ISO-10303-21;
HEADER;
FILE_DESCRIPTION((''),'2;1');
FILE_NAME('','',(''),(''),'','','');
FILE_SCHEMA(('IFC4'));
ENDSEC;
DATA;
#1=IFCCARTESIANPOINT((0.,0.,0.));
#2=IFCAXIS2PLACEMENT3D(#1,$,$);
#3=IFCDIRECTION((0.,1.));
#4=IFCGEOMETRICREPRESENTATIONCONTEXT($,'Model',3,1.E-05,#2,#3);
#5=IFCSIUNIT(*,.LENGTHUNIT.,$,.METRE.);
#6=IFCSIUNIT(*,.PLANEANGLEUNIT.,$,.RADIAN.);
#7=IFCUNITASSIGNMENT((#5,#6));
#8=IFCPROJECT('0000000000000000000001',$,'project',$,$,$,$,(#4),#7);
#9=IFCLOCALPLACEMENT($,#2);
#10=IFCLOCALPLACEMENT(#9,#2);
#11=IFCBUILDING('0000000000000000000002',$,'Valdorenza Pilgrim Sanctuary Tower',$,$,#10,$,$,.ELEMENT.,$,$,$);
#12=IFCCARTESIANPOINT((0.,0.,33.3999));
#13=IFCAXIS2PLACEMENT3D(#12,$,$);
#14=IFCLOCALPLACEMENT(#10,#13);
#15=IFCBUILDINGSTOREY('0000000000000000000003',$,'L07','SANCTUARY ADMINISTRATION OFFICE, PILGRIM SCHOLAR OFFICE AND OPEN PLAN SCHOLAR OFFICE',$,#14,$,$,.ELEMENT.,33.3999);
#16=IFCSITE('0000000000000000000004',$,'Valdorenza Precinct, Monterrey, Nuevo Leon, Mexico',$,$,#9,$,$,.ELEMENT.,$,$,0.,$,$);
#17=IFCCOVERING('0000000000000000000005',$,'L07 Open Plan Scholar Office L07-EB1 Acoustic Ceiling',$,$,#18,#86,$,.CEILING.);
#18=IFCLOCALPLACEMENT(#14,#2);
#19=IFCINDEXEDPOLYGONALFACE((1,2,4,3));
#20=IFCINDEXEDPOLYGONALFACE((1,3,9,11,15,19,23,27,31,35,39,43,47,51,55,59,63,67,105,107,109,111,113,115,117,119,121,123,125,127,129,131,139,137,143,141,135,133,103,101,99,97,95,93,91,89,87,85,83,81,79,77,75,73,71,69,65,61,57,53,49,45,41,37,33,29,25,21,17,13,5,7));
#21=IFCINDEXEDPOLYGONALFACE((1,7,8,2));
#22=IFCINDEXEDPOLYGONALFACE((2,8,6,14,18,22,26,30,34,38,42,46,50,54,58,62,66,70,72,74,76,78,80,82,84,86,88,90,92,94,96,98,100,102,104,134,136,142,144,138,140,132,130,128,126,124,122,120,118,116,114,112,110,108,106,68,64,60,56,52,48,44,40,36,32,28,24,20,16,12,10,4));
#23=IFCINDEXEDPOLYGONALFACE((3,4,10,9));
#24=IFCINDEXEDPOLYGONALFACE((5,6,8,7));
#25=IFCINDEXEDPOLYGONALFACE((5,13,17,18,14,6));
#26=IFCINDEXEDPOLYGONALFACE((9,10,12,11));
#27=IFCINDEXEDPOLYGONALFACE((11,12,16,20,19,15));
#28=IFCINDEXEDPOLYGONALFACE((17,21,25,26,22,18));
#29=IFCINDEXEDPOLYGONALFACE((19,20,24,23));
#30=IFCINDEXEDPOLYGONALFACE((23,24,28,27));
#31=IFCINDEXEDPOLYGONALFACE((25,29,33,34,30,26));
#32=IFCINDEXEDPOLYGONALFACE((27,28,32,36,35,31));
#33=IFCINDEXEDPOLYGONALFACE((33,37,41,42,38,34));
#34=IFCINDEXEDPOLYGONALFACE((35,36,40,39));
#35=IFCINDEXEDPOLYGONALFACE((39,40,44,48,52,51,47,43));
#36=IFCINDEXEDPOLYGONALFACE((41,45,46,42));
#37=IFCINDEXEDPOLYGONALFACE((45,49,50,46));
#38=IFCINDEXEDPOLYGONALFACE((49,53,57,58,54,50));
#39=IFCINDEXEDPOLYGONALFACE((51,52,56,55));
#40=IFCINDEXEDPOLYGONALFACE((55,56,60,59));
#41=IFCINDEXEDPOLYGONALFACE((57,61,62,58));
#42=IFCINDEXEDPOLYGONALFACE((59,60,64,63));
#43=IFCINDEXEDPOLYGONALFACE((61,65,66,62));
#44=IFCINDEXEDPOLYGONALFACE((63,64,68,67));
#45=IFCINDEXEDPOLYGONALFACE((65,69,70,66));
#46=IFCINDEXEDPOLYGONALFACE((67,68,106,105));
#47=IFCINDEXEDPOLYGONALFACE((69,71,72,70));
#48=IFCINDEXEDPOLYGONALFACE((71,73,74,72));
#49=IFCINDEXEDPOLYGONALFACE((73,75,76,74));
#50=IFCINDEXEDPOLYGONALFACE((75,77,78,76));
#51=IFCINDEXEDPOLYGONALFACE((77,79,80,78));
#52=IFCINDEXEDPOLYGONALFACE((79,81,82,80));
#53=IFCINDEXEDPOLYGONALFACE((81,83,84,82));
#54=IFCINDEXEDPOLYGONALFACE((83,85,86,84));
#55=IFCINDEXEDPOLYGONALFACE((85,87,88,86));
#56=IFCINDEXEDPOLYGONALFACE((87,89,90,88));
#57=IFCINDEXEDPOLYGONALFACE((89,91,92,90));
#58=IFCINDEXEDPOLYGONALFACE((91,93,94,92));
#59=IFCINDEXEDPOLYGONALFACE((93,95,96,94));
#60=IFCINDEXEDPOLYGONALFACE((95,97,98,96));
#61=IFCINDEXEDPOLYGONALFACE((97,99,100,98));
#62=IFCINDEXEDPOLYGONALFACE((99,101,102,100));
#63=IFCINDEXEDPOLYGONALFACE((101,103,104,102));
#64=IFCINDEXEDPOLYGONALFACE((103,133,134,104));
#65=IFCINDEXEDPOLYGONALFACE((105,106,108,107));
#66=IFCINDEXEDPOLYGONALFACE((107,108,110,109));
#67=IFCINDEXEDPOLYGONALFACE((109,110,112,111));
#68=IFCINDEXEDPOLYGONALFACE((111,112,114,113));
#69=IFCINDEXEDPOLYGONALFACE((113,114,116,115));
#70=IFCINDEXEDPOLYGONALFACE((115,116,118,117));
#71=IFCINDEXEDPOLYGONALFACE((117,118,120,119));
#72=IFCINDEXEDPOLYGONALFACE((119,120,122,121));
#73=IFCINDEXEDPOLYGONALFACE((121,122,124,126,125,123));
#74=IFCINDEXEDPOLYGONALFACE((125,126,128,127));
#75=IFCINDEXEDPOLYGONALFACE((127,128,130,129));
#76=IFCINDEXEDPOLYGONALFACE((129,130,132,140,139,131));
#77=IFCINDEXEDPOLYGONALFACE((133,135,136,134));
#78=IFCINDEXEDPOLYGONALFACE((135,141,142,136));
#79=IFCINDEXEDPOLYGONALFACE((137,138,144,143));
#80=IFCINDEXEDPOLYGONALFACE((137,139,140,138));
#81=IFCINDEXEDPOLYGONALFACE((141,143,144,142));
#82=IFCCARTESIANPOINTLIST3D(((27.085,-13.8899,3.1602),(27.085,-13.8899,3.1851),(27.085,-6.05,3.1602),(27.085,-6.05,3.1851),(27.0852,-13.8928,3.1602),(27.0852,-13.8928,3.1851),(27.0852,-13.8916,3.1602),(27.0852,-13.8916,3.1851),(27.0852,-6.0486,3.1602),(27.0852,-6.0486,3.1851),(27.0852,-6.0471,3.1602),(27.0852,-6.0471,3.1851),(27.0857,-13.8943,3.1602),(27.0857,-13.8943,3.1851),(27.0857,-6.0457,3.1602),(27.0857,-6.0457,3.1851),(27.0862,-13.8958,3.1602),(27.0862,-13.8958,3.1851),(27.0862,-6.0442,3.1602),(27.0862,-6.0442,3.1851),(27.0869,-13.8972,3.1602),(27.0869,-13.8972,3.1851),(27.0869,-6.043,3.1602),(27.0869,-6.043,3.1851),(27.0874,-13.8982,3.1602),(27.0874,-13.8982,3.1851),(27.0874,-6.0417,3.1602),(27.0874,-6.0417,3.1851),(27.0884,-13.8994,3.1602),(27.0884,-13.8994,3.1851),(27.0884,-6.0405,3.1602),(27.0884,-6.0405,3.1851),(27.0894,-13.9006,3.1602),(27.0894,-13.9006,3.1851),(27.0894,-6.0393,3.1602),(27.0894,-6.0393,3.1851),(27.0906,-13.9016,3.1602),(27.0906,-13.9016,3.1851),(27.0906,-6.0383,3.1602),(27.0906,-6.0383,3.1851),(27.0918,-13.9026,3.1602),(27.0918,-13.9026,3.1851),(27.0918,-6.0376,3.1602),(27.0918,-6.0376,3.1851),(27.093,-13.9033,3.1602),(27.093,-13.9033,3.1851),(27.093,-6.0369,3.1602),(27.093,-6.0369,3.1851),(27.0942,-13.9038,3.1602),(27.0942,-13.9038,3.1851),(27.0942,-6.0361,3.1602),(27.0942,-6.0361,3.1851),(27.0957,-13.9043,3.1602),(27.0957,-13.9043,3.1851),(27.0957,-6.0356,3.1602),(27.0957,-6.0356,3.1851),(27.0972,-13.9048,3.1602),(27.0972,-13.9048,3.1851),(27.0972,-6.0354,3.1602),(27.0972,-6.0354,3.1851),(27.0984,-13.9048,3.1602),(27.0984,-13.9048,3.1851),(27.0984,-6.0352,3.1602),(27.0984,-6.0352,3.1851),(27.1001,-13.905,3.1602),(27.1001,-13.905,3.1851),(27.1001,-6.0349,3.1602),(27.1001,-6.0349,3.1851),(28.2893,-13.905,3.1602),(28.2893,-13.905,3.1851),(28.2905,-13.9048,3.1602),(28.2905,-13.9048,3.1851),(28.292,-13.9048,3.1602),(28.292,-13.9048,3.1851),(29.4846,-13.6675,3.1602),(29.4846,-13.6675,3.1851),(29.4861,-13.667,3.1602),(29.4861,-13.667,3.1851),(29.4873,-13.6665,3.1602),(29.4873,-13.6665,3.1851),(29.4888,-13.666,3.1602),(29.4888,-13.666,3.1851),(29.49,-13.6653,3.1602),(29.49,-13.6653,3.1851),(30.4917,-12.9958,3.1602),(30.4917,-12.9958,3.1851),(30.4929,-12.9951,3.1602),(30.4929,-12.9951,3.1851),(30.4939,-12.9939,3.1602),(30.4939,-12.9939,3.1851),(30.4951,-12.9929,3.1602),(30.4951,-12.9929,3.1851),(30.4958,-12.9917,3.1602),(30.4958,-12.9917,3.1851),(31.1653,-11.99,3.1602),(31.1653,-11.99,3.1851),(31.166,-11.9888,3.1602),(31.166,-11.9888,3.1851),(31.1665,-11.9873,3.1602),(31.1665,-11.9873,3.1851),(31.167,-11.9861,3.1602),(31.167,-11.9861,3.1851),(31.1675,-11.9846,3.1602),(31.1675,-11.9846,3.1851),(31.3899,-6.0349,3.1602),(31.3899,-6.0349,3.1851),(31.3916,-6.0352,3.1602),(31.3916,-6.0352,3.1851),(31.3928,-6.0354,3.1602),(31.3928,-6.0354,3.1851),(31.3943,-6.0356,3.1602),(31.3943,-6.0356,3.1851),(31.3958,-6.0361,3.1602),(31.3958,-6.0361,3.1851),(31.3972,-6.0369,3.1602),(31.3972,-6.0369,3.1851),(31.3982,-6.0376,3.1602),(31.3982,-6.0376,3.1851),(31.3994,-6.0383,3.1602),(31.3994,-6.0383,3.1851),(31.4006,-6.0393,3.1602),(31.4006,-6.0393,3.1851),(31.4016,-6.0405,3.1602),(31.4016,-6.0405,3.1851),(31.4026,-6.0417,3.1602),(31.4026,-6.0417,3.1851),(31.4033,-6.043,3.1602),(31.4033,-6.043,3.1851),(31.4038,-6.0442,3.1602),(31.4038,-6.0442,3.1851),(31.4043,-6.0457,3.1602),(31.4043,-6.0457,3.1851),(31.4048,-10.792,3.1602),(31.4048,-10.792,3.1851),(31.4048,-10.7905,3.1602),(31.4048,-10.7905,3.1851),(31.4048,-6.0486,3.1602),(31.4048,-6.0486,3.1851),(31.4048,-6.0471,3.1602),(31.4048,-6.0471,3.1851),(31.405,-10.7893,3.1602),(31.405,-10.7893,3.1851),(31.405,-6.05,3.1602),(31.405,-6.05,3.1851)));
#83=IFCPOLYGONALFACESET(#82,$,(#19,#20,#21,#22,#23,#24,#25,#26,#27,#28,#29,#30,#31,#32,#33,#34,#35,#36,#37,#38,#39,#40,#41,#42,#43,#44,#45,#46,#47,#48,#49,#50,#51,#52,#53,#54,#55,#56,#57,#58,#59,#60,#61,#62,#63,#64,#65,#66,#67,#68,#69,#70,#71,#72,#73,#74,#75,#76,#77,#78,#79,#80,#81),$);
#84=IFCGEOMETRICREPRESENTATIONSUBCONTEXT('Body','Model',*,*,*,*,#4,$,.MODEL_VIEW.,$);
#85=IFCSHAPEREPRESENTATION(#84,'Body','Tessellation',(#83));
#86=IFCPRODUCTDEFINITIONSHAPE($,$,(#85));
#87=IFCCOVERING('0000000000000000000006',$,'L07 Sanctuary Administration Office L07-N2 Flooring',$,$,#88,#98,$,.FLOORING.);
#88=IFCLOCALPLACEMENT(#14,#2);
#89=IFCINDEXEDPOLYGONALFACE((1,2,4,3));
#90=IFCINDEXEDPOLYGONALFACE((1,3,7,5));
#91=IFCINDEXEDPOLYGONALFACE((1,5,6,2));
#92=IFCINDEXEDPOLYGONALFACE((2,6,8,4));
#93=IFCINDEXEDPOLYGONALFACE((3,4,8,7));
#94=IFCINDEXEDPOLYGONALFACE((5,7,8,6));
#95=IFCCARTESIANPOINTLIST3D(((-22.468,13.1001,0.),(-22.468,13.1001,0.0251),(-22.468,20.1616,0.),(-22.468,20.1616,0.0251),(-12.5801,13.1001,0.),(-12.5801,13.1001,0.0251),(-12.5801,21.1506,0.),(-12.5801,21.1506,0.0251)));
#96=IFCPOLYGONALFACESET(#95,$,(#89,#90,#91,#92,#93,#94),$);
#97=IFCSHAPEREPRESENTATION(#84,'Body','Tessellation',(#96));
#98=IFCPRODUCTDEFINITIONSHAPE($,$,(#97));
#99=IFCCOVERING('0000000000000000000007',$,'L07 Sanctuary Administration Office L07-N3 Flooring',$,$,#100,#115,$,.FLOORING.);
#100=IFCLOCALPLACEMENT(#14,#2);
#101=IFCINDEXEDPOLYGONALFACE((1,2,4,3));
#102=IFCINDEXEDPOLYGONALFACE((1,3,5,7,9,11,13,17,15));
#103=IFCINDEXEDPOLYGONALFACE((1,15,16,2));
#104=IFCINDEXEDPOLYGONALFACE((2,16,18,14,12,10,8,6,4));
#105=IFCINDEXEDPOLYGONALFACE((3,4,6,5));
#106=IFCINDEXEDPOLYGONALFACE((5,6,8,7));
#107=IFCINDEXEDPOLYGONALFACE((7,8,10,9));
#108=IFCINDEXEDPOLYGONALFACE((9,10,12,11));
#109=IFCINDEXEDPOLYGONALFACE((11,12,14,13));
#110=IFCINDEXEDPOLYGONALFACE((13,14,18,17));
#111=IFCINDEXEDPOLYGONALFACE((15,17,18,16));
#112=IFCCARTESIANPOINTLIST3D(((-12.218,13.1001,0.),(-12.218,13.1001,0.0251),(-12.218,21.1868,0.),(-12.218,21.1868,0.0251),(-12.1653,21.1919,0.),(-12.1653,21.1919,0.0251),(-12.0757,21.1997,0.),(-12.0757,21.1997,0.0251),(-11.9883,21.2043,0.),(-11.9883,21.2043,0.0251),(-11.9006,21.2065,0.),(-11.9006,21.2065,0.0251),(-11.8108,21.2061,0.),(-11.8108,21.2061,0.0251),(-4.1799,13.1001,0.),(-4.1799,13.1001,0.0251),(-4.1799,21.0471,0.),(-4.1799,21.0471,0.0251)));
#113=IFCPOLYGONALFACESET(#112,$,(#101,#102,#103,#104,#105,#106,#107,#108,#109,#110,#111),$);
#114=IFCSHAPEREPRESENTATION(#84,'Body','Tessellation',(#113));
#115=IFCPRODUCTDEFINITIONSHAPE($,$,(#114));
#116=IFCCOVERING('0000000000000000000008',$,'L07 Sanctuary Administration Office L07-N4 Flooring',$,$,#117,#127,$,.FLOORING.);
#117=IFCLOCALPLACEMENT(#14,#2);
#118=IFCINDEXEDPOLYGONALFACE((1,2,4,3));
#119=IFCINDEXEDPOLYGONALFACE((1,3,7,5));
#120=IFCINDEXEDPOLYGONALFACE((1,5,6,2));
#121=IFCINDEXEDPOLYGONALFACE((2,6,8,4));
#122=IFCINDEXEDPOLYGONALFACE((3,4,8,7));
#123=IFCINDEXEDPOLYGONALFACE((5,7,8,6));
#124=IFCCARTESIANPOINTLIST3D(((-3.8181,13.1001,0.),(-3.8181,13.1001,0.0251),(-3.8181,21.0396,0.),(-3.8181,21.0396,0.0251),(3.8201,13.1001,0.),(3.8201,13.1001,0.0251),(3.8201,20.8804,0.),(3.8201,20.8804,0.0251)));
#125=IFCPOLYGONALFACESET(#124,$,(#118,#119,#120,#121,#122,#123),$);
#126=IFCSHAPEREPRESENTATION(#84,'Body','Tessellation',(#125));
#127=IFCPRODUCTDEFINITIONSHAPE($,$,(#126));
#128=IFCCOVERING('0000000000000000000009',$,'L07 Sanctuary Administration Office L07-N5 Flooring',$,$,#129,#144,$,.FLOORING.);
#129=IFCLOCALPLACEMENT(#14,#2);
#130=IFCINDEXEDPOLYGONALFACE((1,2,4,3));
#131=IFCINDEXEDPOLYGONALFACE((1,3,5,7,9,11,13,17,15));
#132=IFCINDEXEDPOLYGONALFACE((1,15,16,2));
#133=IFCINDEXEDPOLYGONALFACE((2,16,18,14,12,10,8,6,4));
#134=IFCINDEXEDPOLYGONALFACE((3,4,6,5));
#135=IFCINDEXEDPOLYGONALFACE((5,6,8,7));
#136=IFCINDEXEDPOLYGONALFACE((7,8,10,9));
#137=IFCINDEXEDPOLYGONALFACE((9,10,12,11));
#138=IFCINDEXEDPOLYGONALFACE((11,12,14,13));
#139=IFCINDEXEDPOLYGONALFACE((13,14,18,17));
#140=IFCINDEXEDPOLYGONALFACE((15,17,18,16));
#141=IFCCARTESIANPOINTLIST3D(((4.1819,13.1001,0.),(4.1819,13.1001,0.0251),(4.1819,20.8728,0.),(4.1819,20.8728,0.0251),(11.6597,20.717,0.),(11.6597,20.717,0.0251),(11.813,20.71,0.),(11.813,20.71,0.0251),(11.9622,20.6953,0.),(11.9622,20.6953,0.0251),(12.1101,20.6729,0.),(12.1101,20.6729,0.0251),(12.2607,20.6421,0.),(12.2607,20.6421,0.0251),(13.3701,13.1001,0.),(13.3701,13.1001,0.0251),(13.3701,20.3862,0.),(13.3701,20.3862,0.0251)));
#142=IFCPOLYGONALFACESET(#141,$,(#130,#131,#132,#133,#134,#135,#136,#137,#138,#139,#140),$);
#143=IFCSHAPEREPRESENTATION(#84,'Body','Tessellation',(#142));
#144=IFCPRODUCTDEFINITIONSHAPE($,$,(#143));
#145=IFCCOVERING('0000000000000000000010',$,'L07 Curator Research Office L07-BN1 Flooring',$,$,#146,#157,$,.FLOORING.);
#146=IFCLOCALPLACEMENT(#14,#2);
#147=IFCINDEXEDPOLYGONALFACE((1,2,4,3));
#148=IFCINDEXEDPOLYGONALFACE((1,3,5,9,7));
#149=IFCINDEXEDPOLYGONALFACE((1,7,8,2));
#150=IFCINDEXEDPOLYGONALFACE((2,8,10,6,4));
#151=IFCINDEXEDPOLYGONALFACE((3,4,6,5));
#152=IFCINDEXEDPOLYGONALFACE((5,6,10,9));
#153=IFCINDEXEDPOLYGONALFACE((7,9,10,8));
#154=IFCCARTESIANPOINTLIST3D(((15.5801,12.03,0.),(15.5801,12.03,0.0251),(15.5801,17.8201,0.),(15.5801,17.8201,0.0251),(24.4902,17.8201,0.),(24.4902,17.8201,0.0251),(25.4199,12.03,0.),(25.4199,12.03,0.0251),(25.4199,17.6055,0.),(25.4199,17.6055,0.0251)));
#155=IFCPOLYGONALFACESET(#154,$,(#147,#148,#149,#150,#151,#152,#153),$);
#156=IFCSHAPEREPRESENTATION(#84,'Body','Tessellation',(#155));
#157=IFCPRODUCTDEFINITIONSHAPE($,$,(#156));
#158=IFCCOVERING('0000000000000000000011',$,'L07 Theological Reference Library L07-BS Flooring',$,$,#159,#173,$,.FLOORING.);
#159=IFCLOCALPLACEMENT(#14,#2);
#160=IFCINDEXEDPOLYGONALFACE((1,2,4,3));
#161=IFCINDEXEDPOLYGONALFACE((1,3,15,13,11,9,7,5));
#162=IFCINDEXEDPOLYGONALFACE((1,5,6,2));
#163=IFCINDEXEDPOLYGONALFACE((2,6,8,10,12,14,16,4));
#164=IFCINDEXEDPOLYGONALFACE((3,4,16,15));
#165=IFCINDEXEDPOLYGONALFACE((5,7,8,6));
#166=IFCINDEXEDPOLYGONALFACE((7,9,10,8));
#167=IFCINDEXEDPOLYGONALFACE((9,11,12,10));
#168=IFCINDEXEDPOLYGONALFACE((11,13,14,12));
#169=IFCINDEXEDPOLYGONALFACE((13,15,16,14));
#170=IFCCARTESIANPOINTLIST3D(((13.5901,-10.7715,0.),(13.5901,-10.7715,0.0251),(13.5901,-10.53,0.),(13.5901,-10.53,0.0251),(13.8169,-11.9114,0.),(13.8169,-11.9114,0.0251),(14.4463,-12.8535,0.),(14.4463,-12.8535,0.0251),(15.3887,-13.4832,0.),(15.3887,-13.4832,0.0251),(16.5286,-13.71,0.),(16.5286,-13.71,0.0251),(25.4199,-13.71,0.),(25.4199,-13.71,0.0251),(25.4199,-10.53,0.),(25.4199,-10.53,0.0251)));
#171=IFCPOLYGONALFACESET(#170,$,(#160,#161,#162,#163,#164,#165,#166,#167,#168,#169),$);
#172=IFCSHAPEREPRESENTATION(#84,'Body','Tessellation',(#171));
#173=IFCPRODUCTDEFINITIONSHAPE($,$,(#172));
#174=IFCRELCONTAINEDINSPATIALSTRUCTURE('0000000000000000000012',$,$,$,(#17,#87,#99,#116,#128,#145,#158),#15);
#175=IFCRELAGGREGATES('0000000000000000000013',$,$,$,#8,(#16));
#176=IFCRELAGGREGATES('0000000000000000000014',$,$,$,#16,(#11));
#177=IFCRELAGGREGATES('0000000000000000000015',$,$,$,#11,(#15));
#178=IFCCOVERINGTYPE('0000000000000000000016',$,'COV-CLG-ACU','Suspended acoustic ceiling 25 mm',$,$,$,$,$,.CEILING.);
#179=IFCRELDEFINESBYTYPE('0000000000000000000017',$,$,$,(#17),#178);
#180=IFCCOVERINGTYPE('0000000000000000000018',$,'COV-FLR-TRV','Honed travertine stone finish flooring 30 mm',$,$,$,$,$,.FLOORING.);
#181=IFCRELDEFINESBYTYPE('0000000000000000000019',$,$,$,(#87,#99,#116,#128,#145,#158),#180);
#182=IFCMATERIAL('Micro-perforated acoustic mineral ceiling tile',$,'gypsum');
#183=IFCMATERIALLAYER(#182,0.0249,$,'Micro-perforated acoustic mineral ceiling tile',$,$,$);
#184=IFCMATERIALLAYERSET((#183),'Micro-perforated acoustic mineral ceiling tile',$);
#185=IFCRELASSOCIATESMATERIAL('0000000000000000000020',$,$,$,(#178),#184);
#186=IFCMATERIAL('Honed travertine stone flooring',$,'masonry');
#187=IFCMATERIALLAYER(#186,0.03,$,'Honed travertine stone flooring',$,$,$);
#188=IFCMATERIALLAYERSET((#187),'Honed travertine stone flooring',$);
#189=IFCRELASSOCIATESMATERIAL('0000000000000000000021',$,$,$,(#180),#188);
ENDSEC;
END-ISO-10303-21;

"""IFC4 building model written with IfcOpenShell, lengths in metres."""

from ifc_helpers import new_model, si_unit, direction, frame, origin, place, context, subcontext, project, spatial, polyline, outline, extrude, material, layer, layer_set, type_object, element, save


model = new_model("IFC4")

# Units and contexts
model_context = context("Model", 3, precision=1e-05, world=origin(), true_north=direction((0.0, 1.0)))
body_context = subcontext(model_context, "Body", "Model", "MODEL_VIEW")
ifc_project = project(units=[si_unit("LENGTHUNIT", "METRE"), si_unit("PLANEANGLEUNIT", "RADIAN")], contexts=[model_context])

# Site, building, storey
site_placement = place(None, origin())
site = spatial("IfcSite", under=ifc_project, at=site_placement, Name="Valdorenza Precinct, Monterrey, Nuevo Leon, Mexico", CompositionType="ELEMENT", RefElevation=0.0)
building_placement = place(site_placement, origin())
building = spatial("IfcBuilding", under=site, at=building_placement, Name="Valdorenza Pilgrim Sanctuary Tower", CompositionType="ELEMENT")
storey_placement = place(building_placement, frame((0.0, 0.0, 33.3999)))
storey = spatial("IfcBuildingStorey", under=building, at=storey_placement, Name="L07", Description="SANCTUARY ADMINISTRATION OFFICE, PILGRIM SCHOLAR OFFICE AND OPEN PLAN SCHOLAR OFFICE", CompositionType="ELEMENT", Elevation=33.3999)

# Coverings
ifc_material_1 = material(Name="Micro-perforated acoustic mineral ceiling tile", Category="gypsum")
ifc_layer_1 = layer(ifc_material_1, 0.0249, Name="Micro-perforated acoustic mineral ceiling tile")
ifc_layer_set_1 = layer_set([ifc_layer_1], Name="Micro-perforated acoustic mineral ceiling tile")
covering_type_1 = type_object("IfcCoveringType", Name="COV-CLG-ACU", Description="Suspended acoustic ceiling 25 mm", PredefinedType="CEILING", material=ifc_layer_set_1)
covering_1_placement = place(storey_placement, frame((0.0, 0.0, 3.1602)))
element("IfcCovering", 1, at=covering_1_placement, inside=storey, type_object=covering_type_1, Name="L07 Open Plan Scholar Office L07-EB1 Acoustic Ceiling", PredefinedType="CEILING", context=body_context, shape_type="SweptSolid", body=[
    extrude(outline(polyline([(31.3899, -6.0349), (31.3916, -6.0352), (31.3928, -6.0354), (31.3943, -6.0356), (31.3958, -6.0361), (31.3972, -6.0369), (31.3982, -6.0376), (31.3994, -6.0383), (31.4006, -6.0393), (31.4016, -6.0405), (31.4026, -6.0417), (31.4033, -6.043), (31.4038, -6.0442), (31.4043, -6.0457), (31.4048, -6.0471), (31.4048, -6.0486), (31.405, -6.05), (31.405, -10.7893), (31.4048, -10.7905), (31.4048, -10.792), (31.1675, -11.9846), (31.167, -11.9861), (31.1665, -11.9873), (31.166, -11.9888), (31.1653, -11.99), (30.4958, -12.9917), (30.4951, -12.9929), (30.4939, -12.9939), (30.4929, -12.9951), (30.4917, -12.9958), (29.49, -13.6653), (29.4888, -13.666), (29.4873, -13.6665), (29.4861, -13.667), (29.4846, -13.6675), (28.292, -13.9048), (28.2905, -13.9048), (28.2893, -13.905), (27.1001, -13.905), (27.0984, -13.9048), (27.0972, -13.9048), (27.0957, -13.9043), (27.0942, -13.9038), (27.093, -13.9033), (27.0918, -13.9026), (27.0906, -13.9016), (27.0894, -13.9006), (27.0884, -13.8994), (27.0874, -13.8982), (27.0869, -13.8972), (27.0862, -13.8958), (27.0857, -13.8943), (27.0852, -13.8928), (27.0852, -13.8916), (27.085, -13.8899), (27.085, -6.05), (27.0852, -6.0486), (27.0852, -6.0471), (27.0857, -6.0457), (27.0862, -6.0442), (27.0869, -6.043), (27.0874, -6.0417), (27.0884, -6.0405), (27.0894, -6.0393), (27.0906, -6.0383), (27.0918, -6.0376), (27.093, -6.0369), (27.0942, -6.0361), (27.0957, -6.0356), (27.0972, -6.0354), (27.0984, -6.0352), (27.1001, -6.0349), (31.3899, -6.0349)])), origin(), (0.0, 0.0, 1.0), 0.0249),
])
ifc_material_2 = material(Name="Honed travertine stone flooring", Category="masonry")
ifc_layer_2 = layer(ifc_material_2, 0.03, Name="Honed travertine stone flooring")
ifc_layer_set_2 = layer_set([ifc_layer_2], Name="Honed travertine stone flooring")
covering_type_2 = type_object("IfcCoveringType", Name="COV-FLR-TRV", Description="Honed travertine stone finish flooring 30 mm", PredefinedType="FLOORING", material=ifc_layer_set_2)
covering_2_placement = place(storey_placement, origin())
element("IfcCovering", 2, at=covering_2_placement, inside=storey, type_object=covering_type_2, Name="L07 Sanctuary Administration Office L07-N2 Flooring", PredefinedType="FLOORING", context=body_context, shape_type="SweptSolid", body=[
    extrude(outline(polyline([(-22.468, 13.1001), (-22.468, 20.1616), (-12.5801, 21.1506), (-12.5801, 13.1001), (-22.468, 13.1001)])), origin(), (0.0, 0.0, 1.0), 0.0251),
])
covering_3_placement = place(storey_placement, origin())
element("IfcCovering", 3, at=covering_3_placement, inside=storey, type_object=covering_type_2, Name="L07 Sanctuary Administration Office L07-N3 Flooring", PredefinedType="FLOORING", context=body_context, shape_type="SweptSolid", body=[
    extrude(outline(polyline([(-12.218, 13.1001), (-12.218, 21.1868), (-12.1653, 21.1919), (-12.0757, 21.1997), (-11.9883, 21.2043), (-11.9006, 21.2065), (-11.8108, 21.2061), (-4.1799, 21.0471), (-4.1799, 13.1001), (-12.218, 13.1001)])), origin(), (0.0, 0.0, 1.0), 0.0251),
])
covering_4_placement = place(storey_placement, origin())
element("IfcCovering", 4, at=covering_4_placement, inside=storey, type_object=covering_type_2, Name="L07 Sanctuary Administration Office L07-N4 Flooring", PredefinedType="FLOORING", context=body_context, shape_type="SweptSolid", body=[
    extrude(outline(polyline([(-3.8181, 13.1001), (-3.8181, 21.0396), (3.8201, 20.8804), (3.8201, 13.1001), (-3.8181, 13.1001)])), origin(), (0.0, 0.0, 1.0), 0.0251),
])
covering_5_placement = place(storey_placement, origin())
element("IfcCovering", 5, at=covering_5_placement, inside=storey, type_object=covering_type_2, Name="L07 Sanctuary Administration Office L07-N5 Flooring", PredefinedType="FLOORING", context=body_context, shape_type="SweptSolid", body=[
    extrude(outline(polyline([(4.1819, 13.1001), (4.1819, 20.8728), (11.6597, 20.717), (11.813, 20.71), (11.9622, 20.6953), (12.1101, 20.6729), (12.2607, 20.6421), (13.3701, 20.3862), (13.3701, 13.1001), (4.1819, 13.1001)])), origin(), (0.0, 0.0, 1.0), 0.0251),
])
covering_6_placement = place(storey_placement, origin())
element("IfcCovering", 6, at=covering_6_placement, inside=storey, type_object=covering_type_2, Name="L07 Curator Research Office L07-BN1 Flooring", PredefinedType="FLOORING", context=body_context, shape_type="SweptSolid", body=[
    extrude(outline(polyline([(15.5801, 12.03), (15.5801, 17.8201), (24.4902, 17.8201), (25.4199, 17.6055), (25.4199, 12.03), (15.5801, 12.03)])), origin(), (0.0, 0.0, 1.0), 0.0251),
])
covering_7_placement = place(storey_placement, origin())
element("IfcCovering", 7, at=covering_7_placement, inside=storey, type_object=covering_type_2, Name="L07 Theological Reference Library L07-BS Flooring", PredefinedType="FLOORING", context=body_context, shape_type="SweptSolid", body=[
    extrude(outline(polyline([(25.4199, -13.71), (16.5286, -13.71), (15.3887, -13.4832), (14.4463, -12.8535), (13.8169, -11.9114), (13.5901, -10.7715), (13.5901, -10.53), (25.4199, -10.53), (25.4199, -13.71)])), origin(), (0.0, 0.0, 1.0), 0.0251),
])

save(model, "model.ifc")
